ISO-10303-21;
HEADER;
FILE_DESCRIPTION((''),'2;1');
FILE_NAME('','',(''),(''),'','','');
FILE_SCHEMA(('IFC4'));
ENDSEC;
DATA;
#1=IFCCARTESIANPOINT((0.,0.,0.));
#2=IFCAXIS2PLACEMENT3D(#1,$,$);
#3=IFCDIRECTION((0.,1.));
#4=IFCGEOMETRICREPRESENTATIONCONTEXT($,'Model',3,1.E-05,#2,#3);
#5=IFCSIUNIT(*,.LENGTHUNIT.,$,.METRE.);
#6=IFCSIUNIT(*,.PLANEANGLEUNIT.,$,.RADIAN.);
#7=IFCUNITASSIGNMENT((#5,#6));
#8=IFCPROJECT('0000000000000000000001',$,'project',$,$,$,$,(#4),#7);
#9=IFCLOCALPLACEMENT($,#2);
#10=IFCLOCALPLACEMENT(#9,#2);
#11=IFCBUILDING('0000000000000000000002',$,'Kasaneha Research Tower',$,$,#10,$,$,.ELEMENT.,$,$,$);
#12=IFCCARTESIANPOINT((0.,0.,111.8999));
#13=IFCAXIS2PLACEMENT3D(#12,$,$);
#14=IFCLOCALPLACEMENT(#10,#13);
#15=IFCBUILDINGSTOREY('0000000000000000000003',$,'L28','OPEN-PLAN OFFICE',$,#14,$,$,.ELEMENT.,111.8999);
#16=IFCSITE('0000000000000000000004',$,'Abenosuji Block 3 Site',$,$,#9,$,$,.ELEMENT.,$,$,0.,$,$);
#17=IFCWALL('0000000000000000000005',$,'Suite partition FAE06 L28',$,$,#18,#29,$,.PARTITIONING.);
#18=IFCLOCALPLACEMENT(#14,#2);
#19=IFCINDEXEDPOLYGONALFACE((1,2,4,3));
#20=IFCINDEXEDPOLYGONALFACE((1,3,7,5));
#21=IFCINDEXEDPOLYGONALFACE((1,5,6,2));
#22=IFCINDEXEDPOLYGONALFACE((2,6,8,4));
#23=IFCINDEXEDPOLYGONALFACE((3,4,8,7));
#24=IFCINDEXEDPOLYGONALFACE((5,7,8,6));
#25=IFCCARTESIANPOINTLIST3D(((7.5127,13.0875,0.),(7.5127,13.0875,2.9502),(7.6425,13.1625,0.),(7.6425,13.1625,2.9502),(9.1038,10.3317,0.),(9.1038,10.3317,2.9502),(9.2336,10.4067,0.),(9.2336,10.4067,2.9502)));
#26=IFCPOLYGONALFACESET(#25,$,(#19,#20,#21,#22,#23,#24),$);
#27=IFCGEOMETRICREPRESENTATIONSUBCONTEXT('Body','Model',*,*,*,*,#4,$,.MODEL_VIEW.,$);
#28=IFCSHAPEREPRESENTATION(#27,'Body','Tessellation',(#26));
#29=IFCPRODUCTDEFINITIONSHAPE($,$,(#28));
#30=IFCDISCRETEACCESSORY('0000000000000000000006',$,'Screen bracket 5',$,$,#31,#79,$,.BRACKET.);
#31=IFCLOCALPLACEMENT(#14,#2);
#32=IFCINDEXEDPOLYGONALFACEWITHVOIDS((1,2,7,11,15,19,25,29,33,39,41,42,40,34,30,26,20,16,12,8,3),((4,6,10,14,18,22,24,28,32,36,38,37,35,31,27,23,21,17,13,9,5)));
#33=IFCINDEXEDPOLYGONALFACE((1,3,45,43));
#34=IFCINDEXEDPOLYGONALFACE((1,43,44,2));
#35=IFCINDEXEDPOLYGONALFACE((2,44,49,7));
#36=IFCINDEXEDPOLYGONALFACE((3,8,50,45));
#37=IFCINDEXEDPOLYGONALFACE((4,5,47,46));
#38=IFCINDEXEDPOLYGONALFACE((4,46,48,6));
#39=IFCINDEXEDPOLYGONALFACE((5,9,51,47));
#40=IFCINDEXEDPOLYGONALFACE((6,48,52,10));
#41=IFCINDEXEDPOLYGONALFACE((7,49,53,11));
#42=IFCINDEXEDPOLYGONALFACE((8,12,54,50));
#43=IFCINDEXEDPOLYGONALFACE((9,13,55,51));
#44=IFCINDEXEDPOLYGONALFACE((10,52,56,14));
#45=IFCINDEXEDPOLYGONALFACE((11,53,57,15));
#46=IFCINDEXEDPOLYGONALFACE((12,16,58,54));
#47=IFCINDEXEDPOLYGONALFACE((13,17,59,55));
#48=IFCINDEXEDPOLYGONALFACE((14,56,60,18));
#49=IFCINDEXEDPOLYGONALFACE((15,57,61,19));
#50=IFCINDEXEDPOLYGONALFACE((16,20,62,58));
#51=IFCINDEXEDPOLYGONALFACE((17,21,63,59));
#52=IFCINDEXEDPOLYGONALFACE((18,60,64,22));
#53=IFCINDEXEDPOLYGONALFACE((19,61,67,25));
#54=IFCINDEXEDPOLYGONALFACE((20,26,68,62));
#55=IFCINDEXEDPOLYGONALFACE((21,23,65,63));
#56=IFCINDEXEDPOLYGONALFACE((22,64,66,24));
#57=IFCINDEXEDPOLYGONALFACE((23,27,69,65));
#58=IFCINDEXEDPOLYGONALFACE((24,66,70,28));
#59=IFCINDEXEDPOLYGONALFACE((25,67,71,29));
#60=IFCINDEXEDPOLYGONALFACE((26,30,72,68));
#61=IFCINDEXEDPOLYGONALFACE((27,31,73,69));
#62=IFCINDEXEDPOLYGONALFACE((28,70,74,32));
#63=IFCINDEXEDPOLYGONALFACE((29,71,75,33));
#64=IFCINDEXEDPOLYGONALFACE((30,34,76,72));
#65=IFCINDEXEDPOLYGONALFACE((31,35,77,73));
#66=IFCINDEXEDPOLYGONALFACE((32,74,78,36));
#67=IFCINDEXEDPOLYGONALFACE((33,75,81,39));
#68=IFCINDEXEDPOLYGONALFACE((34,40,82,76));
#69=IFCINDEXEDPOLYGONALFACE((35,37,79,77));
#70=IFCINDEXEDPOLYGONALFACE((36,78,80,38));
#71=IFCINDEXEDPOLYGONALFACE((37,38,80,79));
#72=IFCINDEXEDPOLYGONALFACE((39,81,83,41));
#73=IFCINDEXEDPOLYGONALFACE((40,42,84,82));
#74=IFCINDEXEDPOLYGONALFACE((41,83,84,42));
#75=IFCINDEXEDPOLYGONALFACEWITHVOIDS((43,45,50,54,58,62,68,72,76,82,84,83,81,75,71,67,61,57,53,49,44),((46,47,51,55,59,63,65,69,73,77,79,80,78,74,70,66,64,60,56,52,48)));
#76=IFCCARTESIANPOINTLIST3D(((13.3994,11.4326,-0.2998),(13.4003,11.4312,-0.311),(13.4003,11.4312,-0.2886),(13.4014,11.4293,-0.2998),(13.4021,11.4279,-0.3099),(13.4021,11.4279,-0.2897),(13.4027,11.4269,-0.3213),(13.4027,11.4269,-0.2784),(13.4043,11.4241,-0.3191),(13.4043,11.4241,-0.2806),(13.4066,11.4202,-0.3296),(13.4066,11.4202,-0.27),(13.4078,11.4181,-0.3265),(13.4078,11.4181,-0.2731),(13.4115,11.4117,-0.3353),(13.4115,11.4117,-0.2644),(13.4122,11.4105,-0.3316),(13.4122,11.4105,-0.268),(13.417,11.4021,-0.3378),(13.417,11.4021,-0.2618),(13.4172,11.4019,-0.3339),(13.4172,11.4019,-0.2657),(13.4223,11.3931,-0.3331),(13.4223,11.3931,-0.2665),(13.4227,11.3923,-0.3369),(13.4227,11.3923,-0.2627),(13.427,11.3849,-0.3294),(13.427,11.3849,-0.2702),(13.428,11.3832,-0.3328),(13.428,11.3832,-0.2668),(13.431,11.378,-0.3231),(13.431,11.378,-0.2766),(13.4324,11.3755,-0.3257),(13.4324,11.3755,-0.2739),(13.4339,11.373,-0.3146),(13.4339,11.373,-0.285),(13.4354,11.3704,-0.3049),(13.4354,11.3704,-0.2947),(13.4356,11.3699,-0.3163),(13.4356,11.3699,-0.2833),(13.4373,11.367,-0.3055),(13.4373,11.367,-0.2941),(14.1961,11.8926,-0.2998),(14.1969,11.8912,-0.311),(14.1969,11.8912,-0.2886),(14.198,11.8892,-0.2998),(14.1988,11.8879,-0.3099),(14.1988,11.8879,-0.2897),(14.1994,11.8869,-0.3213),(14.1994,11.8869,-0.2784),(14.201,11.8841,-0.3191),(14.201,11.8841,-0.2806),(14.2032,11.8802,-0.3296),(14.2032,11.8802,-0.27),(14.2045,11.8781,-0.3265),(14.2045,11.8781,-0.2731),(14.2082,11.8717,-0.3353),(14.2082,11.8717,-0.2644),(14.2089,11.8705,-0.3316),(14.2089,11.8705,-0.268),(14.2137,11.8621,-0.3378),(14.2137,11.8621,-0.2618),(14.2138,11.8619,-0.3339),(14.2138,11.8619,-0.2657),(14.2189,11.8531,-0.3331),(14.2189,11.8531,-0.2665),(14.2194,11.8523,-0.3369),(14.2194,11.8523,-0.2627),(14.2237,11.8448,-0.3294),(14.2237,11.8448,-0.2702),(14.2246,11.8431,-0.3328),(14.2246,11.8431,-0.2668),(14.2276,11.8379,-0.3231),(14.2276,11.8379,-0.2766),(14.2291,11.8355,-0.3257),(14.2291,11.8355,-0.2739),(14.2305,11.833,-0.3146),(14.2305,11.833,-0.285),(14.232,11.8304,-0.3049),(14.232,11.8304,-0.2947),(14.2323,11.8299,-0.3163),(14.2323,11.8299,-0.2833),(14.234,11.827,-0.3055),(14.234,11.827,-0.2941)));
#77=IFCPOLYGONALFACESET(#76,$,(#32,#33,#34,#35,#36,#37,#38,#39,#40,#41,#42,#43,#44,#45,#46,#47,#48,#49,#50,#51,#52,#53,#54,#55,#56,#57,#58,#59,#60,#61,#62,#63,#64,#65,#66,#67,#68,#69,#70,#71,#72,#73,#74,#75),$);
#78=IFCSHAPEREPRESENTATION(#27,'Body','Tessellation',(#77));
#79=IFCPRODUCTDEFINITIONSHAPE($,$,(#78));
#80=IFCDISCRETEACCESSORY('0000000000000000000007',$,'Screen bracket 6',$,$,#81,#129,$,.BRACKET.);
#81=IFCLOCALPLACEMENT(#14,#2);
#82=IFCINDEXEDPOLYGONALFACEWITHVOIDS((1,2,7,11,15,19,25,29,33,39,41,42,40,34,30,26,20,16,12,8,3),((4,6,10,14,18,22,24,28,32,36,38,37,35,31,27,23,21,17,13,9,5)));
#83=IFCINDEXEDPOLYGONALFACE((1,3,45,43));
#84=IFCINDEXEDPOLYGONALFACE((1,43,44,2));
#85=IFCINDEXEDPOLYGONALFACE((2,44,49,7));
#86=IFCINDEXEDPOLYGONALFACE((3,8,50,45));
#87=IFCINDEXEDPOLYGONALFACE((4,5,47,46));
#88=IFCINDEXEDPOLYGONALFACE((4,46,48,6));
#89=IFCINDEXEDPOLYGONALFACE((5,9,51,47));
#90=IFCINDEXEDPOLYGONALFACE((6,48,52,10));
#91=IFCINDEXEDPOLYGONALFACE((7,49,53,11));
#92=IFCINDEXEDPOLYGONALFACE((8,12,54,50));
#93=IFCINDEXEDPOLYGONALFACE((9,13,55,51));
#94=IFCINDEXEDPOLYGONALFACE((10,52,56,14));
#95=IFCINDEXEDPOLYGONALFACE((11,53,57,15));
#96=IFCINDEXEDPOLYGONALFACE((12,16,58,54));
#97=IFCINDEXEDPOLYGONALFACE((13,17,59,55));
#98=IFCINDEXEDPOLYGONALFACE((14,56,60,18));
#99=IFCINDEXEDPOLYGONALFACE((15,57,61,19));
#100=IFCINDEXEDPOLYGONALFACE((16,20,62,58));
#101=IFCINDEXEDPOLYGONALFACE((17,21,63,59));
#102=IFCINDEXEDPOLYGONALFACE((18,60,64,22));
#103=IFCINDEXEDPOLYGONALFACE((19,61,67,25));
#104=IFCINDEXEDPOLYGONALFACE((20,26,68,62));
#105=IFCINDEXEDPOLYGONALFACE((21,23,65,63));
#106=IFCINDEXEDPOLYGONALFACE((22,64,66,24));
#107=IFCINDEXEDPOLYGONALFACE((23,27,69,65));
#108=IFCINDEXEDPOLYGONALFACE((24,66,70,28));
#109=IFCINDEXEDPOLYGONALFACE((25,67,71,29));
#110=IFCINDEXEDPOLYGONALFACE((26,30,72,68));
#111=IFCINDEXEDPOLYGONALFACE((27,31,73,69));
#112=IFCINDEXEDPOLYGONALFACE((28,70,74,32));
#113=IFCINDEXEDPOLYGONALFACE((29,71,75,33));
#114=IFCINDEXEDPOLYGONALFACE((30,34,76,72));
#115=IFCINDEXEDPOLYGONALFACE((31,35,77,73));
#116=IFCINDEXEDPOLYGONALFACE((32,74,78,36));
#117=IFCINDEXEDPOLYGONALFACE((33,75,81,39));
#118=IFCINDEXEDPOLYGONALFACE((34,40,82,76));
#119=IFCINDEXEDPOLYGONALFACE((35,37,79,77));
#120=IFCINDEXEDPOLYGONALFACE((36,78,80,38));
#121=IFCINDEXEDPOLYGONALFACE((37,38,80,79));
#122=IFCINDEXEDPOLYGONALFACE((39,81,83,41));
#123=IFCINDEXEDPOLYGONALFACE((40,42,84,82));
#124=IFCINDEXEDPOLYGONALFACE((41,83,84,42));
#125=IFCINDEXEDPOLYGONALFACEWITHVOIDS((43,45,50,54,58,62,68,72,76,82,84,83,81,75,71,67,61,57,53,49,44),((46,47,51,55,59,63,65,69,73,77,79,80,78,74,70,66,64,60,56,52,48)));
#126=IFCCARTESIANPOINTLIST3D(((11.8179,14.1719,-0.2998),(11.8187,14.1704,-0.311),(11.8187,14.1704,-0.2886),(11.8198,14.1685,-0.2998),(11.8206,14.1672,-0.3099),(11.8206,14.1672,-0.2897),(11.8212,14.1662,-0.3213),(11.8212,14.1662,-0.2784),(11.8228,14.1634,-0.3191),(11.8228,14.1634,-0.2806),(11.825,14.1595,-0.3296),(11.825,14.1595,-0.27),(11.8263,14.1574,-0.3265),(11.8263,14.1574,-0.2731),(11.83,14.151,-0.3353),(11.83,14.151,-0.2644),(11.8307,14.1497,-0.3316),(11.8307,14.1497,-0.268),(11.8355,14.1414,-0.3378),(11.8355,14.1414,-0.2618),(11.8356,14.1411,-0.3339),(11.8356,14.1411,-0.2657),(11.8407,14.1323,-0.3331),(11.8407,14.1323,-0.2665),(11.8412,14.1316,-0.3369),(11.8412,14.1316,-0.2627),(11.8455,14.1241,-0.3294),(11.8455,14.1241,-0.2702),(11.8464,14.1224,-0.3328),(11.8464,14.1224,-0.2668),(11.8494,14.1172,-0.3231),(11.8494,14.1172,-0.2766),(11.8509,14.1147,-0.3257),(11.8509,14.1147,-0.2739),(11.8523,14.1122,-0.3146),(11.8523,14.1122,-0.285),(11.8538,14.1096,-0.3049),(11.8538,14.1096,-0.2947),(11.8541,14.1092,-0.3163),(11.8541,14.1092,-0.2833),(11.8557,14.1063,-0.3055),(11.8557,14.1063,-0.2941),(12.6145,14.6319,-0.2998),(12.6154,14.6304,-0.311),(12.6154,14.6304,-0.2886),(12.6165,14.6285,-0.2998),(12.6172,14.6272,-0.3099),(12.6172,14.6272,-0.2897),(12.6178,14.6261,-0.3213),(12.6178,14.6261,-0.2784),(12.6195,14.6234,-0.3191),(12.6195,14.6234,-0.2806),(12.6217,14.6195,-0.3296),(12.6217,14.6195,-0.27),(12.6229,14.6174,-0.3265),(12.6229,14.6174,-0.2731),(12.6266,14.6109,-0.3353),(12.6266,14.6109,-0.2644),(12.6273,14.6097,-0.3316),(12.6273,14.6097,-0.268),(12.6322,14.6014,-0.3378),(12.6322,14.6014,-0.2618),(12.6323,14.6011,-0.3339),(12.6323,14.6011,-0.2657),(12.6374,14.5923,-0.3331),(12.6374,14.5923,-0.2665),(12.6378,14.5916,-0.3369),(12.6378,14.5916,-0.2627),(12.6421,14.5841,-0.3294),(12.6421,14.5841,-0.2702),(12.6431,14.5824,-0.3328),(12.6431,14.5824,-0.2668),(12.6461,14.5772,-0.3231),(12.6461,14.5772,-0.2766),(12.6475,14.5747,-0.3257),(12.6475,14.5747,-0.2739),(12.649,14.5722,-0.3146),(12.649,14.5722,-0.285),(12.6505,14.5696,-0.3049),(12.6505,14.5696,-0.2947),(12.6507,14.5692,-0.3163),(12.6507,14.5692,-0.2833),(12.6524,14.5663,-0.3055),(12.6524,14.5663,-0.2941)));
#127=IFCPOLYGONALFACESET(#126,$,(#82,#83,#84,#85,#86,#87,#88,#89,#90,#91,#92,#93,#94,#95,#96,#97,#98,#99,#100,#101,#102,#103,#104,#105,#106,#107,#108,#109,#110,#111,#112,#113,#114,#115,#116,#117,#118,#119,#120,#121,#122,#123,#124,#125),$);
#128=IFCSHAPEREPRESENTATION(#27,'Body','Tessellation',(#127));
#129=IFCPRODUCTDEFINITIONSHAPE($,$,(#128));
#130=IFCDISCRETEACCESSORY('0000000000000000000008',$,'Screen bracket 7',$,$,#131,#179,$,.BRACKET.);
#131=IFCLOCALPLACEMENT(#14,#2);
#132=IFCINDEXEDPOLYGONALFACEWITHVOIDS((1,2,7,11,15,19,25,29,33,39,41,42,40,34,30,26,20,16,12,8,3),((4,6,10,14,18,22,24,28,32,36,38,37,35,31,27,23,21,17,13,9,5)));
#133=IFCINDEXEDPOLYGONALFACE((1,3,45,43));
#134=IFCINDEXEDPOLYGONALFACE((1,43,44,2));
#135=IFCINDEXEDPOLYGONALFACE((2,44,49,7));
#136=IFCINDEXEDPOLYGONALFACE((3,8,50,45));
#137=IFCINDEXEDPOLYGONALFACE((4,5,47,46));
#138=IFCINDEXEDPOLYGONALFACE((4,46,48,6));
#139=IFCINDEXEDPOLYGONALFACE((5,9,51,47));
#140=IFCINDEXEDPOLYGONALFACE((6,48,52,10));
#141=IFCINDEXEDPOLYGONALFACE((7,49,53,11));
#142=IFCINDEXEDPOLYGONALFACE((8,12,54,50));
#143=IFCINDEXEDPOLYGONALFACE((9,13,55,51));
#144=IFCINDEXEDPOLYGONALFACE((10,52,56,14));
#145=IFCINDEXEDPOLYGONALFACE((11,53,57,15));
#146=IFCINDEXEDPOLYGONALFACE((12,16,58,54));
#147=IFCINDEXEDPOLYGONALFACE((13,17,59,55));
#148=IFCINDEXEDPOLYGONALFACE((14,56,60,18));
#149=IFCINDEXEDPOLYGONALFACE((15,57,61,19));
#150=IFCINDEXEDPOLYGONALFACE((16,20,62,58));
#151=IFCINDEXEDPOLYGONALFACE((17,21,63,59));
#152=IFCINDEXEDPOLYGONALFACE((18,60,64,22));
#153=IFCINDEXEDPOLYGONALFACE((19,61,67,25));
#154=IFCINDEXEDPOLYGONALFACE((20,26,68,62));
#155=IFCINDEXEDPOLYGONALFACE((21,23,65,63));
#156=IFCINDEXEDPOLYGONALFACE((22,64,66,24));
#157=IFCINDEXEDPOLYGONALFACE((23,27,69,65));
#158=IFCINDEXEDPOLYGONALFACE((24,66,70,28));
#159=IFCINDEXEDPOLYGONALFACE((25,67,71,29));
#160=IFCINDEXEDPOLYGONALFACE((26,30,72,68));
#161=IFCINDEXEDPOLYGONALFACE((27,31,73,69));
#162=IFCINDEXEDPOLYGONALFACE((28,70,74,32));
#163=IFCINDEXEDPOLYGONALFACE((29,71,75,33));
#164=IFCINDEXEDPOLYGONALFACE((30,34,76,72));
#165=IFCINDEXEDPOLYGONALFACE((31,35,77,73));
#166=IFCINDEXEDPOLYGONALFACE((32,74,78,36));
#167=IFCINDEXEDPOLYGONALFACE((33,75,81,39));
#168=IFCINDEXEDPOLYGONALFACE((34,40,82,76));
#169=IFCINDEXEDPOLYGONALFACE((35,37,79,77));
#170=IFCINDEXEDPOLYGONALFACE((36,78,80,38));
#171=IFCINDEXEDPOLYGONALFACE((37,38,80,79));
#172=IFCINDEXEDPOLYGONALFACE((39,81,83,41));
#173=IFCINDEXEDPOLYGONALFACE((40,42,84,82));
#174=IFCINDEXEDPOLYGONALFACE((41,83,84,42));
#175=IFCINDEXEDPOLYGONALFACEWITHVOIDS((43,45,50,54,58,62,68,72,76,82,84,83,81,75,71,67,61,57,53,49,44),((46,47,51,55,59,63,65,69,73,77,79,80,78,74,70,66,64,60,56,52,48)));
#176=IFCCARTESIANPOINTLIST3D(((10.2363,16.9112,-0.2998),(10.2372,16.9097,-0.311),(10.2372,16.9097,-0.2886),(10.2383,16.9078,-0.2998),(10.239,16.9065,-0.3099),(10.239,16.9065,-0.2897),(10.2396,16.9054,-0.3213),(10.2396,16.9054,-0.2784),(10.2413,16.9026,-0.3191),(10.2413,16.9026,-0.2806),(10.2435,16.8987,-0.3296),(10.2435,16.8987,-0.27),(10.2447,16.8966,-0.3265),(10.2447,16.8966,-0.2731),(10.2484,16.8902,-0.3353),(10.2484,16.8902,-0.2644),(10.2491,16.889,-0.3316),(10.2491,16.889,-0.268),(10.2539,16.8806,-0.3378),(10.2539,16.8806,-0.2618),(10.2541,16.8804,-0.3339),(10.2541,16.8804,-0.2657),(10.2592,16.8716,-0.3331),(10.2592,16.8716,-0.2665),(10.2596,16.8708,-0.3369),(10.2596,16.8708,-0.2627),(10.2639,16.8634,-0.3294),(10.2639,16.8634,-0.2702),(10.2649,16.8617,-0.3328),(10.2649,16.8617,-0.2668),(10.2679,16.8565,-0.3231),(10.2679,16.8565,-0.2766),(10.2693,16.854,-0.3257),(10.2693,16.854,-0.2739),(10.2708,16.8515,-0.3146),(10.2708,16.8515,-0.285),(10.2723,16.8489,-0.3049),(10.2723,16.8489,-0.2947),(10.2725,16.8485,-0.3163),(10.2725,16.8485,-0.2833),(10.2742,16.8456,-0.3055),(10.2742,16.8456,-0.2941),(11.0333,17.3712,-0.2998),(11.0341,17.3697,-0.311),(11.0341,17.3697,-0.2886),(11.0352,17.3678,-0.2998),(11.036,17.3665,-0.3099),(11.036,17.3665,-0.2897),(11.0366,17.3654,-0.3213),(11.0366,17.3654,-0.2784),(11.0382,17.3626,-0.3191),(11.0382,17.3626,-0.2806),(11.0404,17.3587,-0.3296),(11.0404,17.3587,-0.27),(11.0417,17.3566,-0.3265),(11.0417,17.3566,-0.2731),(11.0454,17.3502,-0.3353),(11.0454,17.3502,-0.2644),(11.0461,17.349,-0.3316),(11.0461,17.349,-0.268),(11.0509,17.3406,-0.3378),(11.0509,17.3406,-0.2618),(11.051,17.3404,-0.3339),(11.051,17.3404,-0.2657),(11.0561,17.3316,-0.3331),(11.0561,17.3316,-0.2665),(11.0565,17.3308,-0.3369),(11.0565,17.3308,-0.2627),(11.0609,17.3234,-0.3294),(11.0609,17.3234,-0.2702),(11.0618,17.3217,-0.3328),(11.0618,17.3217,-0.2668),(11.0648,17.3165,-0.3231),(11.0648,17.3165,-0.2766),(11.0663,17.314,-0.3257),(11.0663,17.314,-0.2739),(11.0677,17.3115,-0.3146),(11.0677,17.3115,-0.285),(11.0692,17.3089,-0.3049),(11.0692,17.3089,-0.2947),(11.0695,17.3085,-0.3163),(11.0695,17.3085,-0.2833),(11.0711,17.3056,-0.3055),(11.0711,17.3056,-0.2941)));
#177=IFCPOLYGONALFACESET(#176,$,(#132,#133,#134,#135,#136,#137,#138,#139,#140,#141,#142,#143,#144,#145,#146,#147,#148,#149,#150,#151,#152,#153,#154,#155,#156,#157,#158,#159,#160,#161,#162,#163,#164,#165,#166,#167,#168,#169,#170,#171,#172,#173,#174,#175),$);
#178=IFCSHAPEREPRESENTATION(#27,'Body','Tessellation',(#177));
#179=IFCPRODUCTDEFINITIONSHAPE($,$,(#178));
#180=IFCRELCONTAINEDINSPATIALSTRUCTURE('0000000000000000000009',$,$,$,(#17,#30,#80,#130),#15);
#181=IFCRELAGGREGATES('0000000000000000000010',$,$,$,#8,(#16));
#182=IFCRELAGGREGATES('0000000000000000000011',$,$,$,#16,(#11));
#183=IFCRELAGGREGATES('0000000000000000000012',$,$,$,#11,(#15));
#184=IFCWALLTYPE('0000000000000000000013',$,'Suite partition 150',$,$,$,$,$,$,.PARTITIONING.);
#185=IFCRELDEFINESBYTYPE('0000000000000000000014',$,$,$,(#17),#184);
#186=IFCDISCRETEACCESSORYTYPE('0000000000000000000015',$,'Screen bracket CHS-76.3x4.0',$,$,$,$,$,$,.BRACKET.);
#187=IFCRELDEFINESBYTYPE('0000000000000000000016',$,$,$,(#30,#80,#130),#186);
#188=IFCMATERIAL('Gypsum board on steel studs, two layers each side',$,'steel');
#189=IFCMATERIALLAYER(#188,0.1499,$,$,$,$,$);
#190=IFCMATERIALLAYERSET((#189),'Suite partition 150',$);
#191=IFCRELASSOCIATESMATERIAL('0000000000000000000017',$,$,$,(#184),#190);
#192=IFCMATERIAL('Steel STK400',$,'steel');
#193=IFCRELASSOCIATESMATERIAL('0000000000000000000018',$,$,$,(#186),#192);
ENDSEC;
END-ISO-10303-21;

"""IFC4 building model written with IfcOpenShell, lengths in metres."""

from ifc_helpers import new_model, si_unit, direction, frame, frame_2d, origin, origin_2d, place, context, subcontext, project, spatial, rectangle, hollow_circle, extrude, material, layer, layer_set, material_profile, profile_set, type_object, element, save


model = new_model("IFC4")

# Units and contexts
model_context = context("Model", 3, precision=1e-05, world=origin(), true_north=direction((0.0, 1.0)))
body_context = subcontext(model_context, "Body", "Model", "MODEL_VIEW")
ifc_project = project(units=[si_unit("LENGTHUNIT", "METRE"), si_unit("PLANEANGLEUNIT", "RADIAN")], contexts=[model_context])

# Site, building, storey
site_placement = place(None, origin())
site = spatial("IfcSite", under=ifc_project, at=site_placement, Name="Abenosuji Block 3 Site", CompositionType="ELEMENT", RefElevation=0.0)
building_placement = place(site_placement, origin())
building = spatial("IfcBuilding", under=site, at=building_placement, Name="Kasaneha Research Tower", CompositionType="ELEMENT")
storey_placement = place(building_placement, frame((0.0, 0.0, 111.8999)))
storey = spatial("IfcBuildingStorey", under=building, at=storey_placement, Name="L28", Description="OPEN-PLAN OFFICE", CompositionType="ELEMENT", Elevation=111.8999)

# Shared definitions
ifc_material_1 = material(Name="Gypsum board on steel studs, two layers each side", Category="steel")
ifc_layer_1 = layer(ifc_material_1, 0.1499)
ifc_layer_set_1 = layer_set([ifc_layer_1], Name="Suite partition 150")
wall_type_1 = type_object("IfcWallType", Name="Suite partition 150", PredefinedType="PARTITIONING", material=ifc_layer_set_1)

# Wall
wall_1_placement = place(storey_placement, frame((7.5776, 13.125, 0.0), z_axis=(0.0, 0.0, 1.0), x_axis=(0.499993, -0.86603, 0.0)))
element("IfcWall", 1, at=wall_1_placement, inside=storey, type_object=wall_type_1, Name="Suite partition FAE06 L28", PredefinedType="PARTITIONING", context=body_context, shape_type="SweptSolid", body=[
    extrude(rectangle(XDim=3.1821, YDim=0.1499, at=frame_2d((1.5911, 0.0))), origin(), (0.0, 0.0, 1.0), 2.9502),
])

# Discrete accessories
ifc_material_2 = material(Name="Steel STK400", Category="steel")
ifc_material_profile_1 = material_profile(ifc_material_2, hollow_circle(Radius=0.0381, WallThickness=0.0039, at=origin_2d()), Name="CHS-76.3x4.0")
ifc_profile_set_1 = profile_set([ifc_material_profile_1], Name="Steel STK400")
discrete_accessory_type = type_object("IfcDiscreteAccessoryType", Name="Screen bracket CHS-76.3x4.0", PredefinedType="BRACKET", material=ifc_profile_set_1)
for number, where, z_axis, x_axis, name in (
    (2, (13.4185, 11.3997, -0.2998), (0.866013, 0.500021, 0.0), (-0.500021, 0.866013, 0.0), "Screen bracket 5"),
    (3, (11.8369, 14.1389, -0.2998), (0.866013, 0.500021, 0.0), (-0.500021, 0.866013, 0.0), "Screen bracket 6"),
):
    element("IfcDiscreteAccessory", number, at=place(storey_placement, frame(where, z_axis=z_axis, x_axis=x_axis)), inside=storey, type_object=discrete_accessory_type, Name=name, PredefinedType="BRACKET", context=body_context, shape_type="SweptSolid", body=[
        extrude(hollow_circle(Radius=0.0381, WallThickness=0.0039, at=origin_2d()), origin(), (0.0, 0.0, 1.0), 0.9199),
    ])
discrete_accessory_1_placement = place(storey_placement, frame((10.2554, 16.8782, -0.2998), z_axis=(0.86608, 0.499906, 0.0), x_axis=(-0.499906, 0.86608, 0.0)))
element("IfcDiscreteAccessory", 4, at=discrete_accessory_1_placement, inside=storey, type_object=discrete_accessory_type, Name="Screen bracket 7", PredefinedType="BRACKET", context=body_context, shape_type="SweptSolid", body=[
    extrude(hollow_circle(Radius=0.0381, WallThickness=0.0039, at=origin_2d()), origin(), (0.0, 0.0, 1.0), 0.9202),
])

save(model, "model.ifc")
